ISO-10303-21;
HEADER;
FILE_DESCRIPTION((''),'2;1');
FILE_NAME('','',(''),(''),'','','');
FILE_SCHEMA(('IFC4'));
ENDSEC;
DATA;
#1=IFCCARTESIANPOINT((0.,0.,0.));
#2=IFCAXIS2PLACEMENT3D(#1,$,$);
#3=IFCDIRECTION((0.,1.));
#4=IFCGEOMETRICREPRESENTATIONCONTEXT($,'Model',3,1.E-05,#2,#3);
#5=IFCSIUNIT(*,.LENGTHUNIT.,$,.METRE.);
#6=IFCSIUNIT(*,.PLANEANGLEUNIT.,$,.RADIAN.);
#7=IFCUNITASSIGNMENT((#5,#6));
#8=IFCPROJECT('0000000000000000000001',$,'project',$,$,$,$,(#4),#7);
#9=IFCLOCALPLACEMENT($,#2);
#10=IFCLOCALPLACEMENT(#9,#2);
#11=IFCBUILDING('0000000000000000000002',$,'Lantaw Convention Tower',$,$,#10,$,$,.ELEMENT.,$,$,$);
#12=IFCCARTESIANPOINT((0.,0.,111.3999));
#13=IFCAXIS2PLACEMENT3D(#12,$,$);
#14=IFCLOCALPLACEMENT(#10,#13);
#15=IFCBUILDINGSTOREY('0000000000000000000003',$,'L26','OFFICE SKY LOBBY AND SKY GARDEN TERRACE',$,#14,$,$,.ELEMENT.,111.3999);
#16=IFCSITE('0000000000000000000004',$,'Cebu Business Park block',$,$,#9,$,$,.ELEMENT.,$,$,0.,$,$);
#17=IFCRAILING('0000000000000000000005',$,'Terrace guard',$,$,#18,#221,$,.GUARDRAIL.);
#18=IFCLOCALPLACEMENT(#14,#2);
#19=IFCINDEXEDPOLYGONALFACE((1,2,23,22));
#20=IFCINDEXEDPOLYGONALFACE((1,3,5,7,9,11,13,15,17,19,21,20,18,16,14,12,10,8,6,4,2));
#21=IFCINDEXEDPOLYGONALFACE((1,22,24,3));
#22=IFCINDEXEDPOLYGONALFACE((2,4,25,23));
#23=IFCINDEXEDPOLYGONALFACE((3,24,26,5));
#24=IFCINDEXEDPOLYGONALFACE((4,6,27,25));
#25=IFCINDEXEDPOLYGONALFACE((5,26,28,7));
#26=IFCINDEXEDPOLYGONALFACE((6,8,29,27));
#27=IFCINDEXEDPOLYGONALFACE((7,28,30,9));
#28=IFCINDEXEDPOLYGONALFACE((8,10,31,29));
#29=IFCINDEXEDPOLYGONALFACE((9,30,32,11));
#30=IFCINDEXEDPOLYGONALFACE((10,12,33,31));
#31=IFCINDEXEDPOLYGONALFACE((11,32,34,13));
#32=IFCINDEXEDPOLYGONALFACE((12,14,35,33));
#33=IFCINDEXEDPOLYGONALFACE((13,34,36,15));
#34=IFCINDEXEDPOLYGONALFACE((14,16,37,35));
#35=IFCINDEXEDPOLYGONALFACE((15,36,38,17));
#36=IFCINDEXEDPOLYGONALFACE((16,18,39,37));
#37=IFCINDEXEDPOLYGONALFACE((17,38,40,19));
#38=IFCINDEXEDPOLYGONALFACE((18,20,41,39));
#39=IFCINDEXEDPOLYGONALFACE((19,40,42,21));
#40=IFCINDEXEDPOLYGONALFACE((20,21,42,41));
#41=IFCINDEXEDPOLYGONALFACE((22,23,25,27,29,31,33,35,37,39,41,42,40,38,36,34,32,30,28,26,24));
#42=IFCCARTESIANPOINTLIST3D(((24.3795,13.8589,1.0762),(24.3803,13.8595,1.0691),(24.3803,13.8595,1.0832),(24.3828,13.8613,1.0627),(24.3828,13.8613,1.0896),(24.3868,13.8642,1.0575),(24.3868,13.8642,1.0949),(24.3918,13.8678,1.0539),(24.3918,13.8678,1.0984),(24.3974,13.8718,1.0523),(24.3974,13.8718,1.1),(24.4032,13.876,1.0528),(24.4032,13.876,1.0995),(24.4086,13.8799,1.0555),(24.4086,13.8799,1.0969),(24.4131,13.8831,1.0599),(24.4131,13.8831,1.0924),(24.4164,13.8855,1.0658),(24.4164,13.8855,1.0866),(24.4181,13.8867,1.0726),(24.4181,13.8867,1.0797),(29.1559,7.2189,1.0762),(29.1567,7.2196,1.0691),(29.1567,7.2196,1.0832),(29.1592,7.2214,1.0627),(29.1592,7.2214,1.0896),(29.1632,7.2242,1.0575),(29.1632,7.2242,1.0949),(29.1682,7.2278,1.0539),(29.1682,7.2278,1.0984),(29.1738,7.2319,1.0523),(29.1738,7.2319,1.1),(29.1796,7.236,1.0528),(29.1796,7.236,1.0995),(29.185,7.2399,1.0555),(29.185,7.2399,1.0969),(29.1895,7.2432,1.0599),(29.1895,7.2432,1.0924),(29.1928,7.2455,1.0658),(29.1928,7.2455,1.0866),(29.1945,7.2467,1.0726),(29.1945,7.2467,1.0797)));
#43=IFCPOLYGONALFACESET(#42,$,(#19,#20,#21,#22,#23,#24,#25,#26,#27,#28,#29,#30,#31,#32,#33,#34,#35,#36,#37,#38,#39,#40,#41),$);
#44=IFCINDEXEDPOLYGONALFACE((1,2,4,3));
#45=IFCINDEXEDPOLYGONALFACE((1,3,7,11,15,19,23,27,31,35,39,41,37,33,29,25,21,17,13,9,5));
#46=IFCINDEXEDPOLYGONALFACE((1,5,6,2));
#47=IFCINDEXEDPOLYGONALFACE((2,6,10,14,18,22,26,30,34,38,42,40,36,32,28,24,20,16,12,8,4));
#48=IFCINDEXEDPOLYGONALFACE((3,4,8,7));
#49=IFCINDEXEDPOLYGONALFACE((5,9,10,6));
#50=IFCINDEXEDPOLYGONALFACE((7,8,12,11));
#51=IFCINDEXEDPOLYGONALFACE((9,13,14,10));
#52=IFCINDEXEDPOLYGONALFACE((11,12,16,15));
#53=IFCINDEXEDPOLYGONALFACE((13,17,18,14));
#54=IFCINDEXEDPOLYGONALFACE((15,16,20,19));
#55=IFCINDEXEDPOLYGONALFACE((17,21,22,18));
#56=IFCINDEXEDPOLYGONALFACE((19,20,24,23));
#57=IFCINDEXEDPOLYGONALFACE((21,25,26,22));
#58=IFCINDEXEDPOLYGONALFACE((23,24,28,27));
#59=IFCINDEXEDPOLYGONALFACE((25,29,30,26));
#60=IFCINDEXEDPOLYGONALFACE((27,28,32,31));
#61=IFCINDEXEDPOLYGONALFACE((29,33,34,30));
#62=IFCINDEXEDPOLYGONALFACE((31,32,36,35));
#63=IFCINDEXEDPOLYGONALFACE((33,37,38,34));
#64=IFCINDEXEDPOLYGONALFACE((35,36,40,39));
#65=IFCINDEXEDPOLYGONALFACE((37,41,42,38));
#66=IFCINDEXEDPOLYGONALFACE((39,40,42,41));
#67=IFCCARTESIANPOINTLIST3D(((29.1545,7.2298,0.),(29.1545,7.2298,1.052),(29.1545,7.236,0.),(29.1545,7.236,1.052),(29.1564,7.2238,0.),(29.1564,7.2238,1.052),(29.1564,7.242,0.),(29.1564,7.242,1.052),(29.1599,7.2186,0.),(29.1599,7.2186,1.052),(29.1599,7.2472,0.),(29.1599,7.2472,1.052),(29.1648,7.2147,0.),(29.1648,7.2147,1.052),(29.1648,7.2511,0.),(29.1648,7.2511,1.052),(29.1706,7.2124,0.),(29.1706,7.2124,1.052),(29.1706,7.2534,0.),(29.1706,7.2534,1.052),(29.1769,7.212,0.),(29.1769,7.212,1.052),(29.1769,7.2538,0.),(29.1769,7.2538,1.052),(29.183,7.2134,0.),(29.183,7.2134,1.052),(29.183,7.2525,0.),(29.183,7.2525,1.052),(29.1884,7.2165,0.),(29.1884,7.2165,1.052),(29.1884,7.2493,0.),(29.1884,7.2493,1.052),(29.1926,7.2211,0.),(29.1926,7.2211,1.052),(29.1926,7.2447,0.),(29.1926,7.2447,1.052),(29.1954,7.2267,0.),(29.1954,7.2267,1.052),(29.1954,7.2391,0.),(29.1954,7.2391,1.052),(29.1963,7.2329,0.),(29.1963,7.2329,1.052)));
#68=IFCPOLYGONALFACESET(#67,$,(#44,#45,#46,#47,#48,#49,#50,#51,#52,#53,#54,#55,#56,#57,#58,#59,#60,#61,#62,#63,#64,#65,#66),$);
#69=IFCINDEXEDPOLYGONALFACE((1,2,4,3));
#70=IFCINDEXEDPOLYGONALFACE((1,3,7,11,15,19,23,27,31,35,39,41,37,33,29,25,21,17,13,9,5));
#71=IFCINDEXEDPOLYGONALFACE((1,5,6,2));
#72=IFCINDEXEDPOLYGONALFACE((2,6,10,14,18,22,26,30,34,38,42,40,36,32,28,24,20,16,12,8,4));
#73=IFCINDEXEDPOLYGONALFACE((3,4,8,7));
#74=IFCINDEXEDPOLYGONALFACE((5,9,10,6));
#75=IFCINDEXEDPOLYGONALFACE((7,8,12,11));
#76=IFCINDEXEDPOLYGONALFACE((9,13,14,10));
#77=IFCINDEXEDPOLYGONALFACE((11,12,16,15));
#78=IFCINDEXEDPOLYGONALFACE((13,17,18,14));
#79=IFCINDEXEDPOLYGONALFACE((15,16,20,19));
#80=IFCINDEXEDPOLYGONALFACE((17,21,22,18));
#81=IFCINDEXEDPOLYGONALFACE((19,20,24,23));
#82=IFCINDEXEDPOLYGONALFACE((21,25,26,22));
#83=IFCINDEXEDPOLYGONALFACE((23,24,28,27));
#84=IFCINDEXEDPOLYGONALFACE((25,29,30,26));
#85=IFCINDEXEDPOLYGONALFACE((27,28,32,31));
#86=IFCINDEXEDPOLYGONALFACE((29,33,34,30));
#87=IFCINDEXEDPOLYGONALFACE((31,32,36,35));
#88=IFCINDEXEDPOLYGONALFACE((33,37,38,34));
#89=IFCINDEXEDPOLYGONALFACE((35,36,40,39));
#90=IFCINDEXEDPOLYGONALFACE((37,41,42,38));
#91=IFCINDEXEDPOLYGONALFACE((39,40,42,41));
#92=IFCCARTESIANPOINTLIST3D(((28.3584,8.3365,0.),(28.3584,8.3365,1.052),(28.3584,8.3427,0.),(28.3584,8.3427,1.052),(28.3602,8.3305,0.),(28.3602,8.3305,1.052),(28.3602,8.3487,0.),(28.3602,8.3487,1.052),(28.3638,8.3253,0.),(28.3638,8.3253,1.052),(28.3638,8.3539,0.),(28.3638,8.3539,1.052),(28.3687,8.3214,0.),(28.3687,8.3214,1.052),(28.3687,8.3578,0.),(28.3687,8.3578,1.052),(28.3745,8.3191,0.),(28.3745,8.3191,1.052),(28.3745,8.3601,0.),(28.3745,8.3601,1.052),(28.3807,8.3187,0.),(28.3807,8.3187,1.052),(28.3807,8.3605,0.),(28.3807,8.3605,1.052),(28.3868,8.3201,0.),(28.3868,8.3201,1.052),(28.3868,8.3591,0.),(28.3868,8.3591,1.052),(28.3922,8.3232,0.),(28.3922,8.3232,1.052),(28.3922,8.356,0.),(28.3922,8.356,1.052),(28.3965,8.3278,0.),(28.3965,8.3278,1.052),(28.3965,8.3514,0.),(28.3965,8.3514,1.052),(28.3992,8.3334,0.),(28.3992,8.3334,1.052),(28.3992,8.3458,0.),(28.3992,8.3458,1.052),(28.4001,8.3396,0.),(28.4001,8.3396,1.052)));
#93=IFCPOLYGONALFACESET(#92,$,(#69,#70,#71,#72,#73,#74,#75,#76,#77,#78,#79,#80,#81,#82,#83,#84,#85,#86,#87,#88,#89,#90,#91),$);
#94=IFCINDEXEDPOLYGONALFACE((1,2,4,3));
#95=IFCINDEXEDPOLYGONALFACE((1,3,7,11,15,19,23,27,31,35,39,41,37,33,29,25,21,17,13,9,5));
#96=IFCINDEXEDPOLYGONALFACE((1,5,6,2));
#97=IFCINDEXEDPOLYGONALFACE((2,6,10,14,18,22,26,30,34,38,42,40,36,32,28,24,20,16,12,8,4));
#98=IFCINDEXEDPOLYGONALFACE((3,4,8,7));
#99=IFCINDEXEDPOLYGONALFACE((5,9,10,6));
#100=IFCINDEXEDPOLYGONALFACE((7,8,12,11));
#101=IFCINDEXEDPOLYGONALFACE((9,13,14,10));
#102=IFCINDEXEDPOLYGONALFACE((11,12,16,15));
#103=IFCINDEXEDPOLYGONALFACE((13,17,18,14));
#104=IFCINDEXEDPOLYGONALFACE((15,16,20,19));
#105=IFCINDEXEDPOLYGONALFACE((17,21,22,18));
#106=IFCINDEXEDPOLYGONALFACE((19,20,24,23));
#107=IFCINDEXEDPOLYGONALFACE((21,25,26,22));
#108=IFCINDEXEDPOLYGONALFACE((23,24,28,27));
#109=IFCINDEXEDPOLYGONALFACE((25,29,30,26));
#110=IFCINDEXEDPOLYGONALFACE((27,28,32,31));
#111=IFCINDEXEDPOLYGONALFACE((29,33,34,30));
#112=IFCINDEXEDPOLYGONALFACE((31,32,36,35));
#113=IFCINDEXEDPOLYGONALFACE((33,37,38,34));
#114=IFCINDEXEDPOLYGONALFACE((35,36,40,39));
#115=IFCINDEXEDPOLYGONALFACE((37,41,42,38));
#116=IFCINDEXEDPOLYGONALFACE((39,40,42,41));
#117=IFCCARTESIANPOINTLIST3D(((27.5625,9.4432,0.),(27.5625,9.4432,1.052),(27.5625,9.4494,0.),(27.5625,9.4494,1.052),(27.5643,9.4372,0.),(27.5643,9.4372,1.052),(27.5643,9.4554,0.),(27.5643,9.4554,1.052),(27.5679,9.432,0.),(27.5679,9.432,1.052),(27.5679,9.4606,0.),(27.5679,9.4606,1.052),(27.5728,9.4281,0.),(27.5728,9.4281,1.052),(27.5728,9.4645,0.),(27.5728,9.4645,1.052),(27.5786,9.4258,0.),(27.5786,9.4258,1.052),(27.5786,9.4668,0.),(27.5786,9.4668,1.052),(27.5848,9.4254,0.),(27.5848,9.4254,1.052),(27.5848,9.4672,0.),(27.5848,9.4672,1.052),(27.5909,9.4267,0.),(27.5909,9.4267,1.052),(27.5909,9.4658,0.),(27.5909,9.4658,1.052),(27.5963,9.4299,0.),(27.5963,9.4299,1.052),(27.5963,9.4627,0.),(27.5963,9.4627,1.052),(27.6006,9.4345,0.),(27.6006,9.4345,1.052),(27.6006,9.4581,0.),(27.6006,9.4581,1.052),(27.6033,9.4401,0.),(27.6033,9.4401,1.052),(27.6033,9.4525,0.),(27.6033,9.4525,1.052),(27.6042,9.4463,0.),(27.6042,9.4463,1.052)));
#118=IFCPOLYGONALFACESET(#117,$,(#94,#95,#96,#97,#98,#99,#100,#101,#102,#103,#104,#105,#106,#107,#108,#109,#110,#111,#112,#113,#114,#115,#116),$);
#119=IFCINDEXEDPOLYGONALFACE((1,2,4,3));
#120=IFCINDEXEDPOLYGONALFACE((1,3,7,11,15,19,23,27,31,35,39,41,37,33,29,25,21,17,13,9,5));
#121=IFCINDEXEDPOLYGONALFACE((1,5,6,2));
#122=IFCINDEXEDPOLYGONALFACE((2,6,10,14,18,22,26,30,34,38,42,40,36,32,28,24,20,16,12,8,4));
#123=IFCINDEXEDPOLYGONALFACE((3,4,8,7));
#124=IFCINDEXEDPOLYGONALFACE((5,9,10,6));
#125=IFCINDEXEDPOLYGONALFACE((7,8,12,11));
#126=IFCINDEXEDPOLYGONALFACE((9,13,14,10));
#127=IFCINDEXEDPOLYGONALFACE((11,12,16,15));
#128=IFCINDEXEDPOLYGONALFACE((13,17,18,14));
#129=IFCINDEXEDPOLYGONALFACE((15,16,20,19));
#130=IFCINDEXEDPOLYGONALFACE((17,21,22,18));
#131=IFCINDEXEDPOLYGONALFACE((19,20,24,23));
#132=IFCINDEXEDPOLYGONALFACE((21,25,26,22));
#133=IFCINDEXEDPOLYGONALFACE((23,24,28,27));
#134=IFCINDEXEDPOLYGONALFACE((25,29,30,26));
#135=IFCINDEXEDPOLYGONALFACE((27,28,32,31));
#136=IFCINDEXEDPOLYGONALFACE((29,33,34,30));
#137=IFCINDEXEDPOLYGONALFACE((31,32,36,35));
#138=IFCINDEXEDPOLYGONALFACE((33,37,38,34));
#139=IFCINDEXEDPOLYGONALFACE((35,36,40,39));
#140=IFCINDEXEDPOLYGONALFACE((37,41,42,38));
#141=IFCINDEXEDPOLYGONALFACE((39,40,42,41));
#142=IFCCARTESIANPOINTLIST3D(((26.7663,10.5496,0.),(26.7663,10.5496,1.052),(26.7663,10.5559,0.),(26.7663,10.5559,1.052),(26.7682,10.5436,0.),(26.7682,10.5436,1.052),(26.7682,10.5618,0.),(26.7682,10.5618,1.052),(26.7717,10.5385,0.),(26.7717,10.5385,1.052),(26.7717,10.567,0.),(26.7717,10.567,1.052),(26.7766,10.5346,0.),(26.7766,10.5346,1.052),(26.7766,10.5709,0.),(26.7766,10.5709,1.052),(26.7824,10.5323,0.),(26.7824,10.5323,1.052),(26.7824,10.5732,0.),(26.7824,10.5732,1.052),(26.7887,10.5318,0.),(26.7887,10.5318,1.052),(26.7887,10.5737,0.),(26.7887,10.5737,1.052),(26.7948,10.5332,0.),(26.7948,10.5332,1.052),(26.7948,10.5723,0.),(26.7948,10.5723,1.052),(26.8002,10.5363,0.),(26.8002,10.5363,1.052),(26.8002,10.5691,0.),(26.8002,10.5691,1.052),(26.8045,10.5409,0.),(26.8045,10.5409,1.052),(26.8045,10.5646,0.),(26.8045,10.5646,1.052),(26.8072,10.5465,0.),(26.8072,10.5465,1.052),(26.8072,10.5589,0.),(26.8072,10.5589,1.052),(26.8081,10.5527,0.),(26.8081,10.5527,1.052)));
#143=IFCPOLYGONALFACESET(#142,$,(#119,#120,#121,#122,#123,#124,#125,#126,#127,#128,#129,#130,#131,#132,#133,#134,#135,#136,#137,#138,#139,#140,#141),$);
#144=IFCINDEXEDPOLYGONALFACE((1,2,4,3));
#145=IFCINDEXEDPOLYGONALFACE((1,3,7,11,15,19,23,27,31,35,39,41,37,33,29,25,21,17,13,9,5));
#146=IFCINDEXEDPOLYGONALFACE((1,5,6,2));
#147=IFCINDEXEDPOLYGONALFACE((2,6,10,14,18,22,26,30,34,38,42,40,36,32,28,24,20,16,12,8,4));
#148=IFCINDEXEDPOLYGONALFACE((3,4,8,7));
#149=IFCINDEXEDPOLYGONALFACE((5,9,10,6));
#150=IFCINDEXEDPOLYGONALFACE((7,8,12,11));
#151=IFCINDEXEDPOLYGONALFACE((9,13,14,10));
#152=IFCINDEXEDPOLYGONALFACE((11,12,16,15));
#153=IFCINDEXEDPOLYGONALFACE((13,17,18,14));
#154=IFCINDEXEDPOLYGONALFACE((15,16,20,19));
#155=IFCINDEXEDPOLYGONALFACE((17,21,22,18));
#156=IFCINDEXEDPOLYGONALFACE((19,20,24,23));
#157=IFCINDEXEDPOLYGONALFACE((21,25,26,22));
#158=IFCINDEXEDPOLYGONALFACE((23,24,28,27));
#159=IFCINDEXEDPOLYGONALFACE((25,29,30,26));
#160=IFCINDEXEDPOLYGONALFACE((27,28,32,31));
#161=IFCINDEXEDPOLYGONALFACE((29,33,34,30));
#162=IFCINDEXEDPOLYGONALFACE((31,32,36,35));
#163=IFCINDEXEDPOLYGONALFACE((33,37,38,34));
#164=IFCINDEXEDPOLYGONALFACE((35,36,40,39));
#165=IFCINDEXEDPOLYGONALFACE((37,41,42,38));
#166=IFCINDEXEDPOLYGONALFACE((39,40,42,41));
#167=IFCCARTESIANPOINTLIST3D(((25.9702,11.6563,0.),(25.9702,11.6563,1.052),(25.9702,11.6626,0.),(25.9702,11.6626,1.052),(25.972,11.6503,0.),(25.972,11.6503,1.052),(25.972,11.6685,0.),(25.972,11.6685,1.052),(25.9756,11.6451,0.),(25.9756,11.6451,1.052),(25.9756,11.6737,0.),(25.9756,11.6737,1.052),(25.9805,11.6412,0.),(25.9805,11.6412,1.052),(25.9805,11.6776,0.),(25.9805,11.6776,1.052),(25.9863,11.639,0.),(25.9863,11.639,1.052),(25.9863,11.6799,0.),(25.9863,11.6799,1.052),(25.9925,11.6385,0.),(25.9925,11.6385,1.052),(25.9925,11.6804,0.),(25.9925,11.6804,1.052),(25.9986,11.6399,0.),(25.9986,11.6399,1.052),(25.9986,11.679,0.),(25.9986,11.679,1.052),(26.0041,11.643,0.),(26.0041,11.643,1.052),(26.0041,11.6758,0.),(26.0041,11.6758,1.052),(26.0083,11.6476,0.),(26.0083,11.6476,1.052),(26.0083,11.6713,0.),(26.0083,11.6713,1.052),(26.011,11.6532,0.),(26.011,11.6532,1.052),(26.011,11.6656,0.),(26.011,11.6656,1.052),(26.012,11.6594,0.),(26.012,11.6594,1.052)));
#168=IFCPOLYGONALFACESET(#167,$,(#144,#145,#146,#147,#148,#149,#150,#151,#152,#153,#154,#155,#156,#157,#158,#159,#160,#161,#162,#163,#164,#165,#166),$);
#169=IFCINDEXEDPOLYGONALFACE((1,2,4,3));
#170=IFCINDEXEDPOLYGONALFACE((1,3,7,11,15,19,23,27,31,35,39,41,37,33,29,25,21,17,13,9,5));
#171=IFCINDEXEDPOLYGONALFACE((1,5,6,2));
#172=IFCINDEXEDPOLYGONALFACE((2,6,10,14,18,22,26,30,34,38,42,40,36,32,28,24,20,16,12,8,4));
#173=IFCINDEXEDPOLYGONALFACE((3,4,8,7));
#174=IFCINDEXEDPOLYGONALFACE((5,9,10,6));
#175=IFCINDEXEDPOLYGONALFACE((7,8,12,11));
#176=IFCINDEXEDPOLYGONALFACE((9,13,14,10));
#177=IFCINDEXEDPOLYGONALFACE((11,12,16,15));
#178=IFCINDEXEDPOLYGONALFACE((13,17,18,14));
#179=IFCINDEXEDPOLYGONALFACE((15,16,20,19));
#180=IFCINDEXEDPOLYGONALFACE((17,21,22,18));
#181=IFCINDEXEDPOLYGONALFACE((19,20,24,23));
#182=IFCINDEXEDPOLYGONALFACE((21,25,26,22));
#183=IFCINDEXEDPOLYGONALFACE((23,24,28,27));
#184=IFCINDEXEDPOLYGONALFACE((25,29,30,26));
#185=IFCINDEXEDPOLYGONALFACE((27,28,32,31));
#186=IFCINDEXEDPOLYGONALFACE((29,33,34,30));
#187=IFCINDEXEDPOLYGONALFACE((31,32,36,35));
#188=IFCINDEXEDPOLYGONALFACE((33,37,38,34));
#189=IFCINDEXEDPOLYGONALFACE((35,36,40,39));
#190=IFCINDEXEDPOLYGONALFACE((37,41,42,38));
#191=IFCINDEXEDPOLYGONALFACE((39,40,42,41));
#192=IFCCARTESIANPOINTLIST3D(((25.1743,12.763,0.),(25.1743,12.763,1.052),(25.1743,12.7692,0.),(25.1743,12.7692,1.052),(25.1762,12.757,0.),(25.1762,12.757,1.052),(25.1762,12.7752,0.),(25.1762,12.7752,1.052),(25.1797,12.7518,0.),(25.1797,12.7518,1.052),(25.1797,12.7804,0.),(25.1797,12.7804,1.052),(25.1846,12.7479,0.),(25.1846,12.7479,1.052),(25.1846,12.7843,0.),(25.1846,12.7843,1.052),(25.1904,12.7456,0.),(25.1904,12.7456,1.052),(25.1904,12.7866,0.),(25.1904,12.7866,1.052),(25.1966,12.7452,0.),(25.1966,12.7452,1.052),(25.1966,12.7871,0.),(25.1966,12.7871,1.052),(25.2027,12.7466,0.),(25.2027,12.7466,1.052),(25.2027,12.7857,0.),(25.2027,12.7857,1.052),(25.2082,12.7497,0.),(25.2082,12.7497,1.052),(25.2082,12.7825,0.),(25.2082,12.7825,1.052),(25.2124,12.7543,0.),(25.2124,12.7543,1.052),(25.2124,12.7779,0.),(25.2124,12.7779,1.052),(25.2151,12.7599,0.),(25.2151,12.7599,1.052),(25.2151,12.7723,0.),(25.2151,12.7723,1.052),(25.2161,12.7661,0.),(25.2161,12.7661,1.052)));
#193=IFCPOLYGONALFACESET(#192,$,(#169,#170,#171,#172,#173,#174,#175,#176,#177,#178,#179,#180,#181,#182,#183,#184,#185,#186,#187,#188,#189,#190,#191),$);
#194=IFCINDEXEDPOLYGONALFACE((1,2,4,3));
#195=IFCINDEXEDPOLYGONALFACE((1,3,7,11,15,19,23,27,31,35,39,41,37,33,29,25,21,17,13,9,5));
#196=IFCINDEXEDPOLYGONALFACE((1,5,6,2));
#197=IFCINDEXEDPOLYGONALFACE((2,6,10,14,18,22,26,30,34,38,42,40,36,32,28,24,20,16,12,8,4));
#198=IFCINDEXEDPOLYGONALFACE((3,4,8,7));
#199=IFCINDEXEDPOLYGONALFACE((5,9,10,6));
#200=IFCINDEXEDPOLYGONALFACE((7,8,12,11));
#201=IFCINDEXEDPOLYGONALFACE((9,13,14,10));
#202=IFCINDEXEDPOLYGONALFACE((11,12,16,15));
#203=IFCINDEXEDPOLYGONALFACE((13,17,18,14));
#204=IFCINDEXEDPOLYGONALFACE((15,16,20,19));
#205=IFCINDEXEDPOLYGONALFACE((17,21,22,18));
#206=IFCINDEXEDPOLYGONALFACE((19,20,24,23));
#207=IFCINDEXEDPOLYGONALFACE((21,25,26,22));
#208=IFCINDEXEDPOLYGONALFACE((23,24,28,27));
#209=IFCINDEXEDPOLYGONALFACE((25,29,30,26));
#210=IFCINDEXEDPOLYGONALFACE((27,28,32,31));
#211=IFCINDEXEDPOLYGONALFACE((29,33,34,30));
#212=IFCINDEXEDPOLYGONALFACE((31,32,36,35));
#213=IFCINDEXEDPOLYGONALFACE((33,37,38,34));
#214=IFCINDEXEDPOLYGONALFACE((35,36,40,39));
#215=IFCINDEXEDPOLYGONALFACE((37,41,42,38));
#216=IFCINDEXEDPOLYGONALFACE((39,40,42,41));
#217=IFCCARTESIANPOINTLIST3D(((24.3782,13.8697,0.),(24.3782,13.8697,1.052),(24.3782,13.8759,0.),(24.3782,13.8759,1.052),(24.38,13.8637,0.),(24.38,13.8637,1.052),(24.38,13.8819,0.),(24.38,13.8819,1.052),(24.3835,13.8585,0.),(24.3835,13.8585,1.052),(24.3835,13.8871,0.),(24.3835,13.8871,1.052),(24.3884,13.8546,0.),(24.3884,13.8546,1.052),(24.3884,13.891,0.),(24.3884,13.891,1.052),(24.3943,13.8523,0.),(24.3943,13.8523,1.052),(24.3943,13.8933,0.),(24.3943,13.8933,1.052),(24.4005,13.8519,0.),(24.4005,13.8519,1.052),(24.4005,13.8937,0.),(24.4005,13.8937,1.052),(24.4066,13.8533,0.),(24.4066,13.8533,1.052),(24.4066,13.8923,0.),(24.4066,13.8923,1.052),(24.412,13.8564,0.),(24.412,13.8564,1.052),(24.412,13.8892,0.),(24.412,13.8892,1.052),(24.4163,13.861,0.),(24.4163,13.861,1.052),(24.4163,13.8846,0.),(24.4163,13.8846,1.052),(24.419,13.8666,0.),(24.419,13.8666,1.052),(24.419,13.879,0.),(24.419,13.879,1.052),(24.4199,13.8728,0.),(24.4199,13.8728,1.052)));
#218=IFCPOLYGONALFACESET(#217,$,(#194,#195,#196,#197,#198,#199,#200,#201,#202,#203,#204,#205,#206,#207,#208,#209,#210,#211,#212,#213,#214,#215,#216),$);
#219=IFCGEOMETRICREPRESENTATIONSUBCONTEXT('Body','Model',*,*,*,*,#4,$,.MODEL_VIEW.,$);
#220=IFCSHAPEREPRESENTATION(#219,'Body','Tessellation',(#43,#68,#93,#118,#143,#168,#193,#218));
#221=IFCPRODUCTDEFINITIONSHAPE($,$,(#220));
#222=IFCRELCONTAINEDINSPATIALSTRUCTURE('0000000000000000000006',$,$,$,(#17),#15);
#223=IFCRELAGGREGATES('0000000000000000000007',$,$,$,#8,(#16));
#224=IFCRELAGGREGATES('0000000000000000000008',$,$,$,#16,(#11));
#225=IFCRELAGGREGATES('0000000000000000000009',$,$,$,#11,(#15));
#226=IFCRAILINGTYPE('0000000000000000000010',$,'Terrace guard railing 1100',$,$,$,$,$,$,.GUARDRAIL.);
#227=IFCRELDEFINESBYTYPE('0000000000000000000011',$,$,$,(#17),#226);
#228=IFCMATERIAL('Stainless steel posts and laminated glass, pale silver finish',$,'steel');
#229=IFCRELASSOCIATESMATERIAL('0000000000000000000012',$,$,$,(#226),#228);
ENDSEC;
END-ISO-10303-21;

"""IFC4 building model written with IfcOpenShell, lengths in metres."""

from ifc_helpers import new_model, si_unit, direction, frame, origin, origin_2d, place, context, subcontext, project, spatial, circle, extrude, material, type_object, element, save


model = new_model("IFC4")

# Units and contexts
model_context = context("Model", 3, precision=1e-05, world=origin(), true_north=direction((0.0, 1.0)))
body_context = subcontext(model_context, "Body", "Model", "MODEL_VIEW")
ifc_project = project(units=[si_unit("LENGTHUNIT", "METRE"), si_unit("PLANEANGLEUNIT", "RADIAN")], contexts=[model_context])

# Site, building, storey
site_placement = place(None, origin())
site = spatial("IfcSite", under=ifc_project, at=site_placement, Name="Cebu Business Park block", CompositionType="ELEMENT", RefElevation=0.0)
building_placement = place(site_placement, origin())
building = spatial("IfcBuilding", under=site, at=building_placement, Name="Lantaw Convention Tower", CompositionType="ELEMENT")
storey_placement = place(building_placement, frame((0.0, 0.0, 111.3999)))
storey = spatial("IfcBuildingStorey", under=building, at=storey_placement, Name="L26", Description="OFFICE SKY LOBBY AND SKY GARDEN TERRACE", CompositionType="ELEMENT", Elevation=111.3999)

# Railing
ifc_material_1 = material(Name="Stainless steel posts and laminated glass, pale silver finish", Category="steel")
railing_type = type_object("IfcRailingType", Name="Terrace guard railing 1100", PredefinedType="GUARDRAIL", material=ifc_material_1)
railing_1_placement = place(storey_placement, frame((29.1753, 7.2329, 0.0)))
element("IfcRailing", 1, at=railing_1_placement, inside=storey, type_object=railing_type, Name="Terrace guard", PredefinedType="GUARDRAIL", context=body_context, shape_type="SweptSolid", body=[
    extrude(circle(Radius=0.0239, at=origin_2d()), frame((0.0, 0.0, 1.0762), z_axis=(-0.583954, 0.811787, 0.0), x_axis=(-0.811787, -0.583954, 0.0)), (0.0, 0.0, 1.0), 8.1794),
    extrude(circle(Radius=0.021, at=origin_2d()), origin(), (0.0, 0.0, 1.0), 1.052),
    extrude(circle(Radius=0.021, at=origin_2d()), frame((-0.7961, 1.1067, 0.0)), (0.0, 0.0, 1.0), 1.052),
    extrude(circle(Radius=0.021, at=origin_2d()), frame((-1.592, 2.2134, 0.0)), (0.0, 0.0, 1.0), 1.052),
    extrude(circle(Radius=0.021, at=origin_2d()), frame((-2.3882, 3.3198, 0.0)), (0.0, 0.0, 1.0), 1.052),
    extrude(circle(Radius=0.021, at=origin_2d()), frame((-3.1843, 4.4265, 0.0)), (0.0, 0.0, 1.0), 1.052),
    extrude(circle(Radius=0.021, at=origin_2d()), frame((-3.9802, 5.5332, 0.0)), (0.0, 0.0, 1.0), 1.052),
    extrude(circle(Radius=0.021, at=origin_2d()), frame((-4.7764, 6.6399, 0.0)), (0.0, 0.0, 1.0), 1.052),
])

save(model, "model.ifc")
